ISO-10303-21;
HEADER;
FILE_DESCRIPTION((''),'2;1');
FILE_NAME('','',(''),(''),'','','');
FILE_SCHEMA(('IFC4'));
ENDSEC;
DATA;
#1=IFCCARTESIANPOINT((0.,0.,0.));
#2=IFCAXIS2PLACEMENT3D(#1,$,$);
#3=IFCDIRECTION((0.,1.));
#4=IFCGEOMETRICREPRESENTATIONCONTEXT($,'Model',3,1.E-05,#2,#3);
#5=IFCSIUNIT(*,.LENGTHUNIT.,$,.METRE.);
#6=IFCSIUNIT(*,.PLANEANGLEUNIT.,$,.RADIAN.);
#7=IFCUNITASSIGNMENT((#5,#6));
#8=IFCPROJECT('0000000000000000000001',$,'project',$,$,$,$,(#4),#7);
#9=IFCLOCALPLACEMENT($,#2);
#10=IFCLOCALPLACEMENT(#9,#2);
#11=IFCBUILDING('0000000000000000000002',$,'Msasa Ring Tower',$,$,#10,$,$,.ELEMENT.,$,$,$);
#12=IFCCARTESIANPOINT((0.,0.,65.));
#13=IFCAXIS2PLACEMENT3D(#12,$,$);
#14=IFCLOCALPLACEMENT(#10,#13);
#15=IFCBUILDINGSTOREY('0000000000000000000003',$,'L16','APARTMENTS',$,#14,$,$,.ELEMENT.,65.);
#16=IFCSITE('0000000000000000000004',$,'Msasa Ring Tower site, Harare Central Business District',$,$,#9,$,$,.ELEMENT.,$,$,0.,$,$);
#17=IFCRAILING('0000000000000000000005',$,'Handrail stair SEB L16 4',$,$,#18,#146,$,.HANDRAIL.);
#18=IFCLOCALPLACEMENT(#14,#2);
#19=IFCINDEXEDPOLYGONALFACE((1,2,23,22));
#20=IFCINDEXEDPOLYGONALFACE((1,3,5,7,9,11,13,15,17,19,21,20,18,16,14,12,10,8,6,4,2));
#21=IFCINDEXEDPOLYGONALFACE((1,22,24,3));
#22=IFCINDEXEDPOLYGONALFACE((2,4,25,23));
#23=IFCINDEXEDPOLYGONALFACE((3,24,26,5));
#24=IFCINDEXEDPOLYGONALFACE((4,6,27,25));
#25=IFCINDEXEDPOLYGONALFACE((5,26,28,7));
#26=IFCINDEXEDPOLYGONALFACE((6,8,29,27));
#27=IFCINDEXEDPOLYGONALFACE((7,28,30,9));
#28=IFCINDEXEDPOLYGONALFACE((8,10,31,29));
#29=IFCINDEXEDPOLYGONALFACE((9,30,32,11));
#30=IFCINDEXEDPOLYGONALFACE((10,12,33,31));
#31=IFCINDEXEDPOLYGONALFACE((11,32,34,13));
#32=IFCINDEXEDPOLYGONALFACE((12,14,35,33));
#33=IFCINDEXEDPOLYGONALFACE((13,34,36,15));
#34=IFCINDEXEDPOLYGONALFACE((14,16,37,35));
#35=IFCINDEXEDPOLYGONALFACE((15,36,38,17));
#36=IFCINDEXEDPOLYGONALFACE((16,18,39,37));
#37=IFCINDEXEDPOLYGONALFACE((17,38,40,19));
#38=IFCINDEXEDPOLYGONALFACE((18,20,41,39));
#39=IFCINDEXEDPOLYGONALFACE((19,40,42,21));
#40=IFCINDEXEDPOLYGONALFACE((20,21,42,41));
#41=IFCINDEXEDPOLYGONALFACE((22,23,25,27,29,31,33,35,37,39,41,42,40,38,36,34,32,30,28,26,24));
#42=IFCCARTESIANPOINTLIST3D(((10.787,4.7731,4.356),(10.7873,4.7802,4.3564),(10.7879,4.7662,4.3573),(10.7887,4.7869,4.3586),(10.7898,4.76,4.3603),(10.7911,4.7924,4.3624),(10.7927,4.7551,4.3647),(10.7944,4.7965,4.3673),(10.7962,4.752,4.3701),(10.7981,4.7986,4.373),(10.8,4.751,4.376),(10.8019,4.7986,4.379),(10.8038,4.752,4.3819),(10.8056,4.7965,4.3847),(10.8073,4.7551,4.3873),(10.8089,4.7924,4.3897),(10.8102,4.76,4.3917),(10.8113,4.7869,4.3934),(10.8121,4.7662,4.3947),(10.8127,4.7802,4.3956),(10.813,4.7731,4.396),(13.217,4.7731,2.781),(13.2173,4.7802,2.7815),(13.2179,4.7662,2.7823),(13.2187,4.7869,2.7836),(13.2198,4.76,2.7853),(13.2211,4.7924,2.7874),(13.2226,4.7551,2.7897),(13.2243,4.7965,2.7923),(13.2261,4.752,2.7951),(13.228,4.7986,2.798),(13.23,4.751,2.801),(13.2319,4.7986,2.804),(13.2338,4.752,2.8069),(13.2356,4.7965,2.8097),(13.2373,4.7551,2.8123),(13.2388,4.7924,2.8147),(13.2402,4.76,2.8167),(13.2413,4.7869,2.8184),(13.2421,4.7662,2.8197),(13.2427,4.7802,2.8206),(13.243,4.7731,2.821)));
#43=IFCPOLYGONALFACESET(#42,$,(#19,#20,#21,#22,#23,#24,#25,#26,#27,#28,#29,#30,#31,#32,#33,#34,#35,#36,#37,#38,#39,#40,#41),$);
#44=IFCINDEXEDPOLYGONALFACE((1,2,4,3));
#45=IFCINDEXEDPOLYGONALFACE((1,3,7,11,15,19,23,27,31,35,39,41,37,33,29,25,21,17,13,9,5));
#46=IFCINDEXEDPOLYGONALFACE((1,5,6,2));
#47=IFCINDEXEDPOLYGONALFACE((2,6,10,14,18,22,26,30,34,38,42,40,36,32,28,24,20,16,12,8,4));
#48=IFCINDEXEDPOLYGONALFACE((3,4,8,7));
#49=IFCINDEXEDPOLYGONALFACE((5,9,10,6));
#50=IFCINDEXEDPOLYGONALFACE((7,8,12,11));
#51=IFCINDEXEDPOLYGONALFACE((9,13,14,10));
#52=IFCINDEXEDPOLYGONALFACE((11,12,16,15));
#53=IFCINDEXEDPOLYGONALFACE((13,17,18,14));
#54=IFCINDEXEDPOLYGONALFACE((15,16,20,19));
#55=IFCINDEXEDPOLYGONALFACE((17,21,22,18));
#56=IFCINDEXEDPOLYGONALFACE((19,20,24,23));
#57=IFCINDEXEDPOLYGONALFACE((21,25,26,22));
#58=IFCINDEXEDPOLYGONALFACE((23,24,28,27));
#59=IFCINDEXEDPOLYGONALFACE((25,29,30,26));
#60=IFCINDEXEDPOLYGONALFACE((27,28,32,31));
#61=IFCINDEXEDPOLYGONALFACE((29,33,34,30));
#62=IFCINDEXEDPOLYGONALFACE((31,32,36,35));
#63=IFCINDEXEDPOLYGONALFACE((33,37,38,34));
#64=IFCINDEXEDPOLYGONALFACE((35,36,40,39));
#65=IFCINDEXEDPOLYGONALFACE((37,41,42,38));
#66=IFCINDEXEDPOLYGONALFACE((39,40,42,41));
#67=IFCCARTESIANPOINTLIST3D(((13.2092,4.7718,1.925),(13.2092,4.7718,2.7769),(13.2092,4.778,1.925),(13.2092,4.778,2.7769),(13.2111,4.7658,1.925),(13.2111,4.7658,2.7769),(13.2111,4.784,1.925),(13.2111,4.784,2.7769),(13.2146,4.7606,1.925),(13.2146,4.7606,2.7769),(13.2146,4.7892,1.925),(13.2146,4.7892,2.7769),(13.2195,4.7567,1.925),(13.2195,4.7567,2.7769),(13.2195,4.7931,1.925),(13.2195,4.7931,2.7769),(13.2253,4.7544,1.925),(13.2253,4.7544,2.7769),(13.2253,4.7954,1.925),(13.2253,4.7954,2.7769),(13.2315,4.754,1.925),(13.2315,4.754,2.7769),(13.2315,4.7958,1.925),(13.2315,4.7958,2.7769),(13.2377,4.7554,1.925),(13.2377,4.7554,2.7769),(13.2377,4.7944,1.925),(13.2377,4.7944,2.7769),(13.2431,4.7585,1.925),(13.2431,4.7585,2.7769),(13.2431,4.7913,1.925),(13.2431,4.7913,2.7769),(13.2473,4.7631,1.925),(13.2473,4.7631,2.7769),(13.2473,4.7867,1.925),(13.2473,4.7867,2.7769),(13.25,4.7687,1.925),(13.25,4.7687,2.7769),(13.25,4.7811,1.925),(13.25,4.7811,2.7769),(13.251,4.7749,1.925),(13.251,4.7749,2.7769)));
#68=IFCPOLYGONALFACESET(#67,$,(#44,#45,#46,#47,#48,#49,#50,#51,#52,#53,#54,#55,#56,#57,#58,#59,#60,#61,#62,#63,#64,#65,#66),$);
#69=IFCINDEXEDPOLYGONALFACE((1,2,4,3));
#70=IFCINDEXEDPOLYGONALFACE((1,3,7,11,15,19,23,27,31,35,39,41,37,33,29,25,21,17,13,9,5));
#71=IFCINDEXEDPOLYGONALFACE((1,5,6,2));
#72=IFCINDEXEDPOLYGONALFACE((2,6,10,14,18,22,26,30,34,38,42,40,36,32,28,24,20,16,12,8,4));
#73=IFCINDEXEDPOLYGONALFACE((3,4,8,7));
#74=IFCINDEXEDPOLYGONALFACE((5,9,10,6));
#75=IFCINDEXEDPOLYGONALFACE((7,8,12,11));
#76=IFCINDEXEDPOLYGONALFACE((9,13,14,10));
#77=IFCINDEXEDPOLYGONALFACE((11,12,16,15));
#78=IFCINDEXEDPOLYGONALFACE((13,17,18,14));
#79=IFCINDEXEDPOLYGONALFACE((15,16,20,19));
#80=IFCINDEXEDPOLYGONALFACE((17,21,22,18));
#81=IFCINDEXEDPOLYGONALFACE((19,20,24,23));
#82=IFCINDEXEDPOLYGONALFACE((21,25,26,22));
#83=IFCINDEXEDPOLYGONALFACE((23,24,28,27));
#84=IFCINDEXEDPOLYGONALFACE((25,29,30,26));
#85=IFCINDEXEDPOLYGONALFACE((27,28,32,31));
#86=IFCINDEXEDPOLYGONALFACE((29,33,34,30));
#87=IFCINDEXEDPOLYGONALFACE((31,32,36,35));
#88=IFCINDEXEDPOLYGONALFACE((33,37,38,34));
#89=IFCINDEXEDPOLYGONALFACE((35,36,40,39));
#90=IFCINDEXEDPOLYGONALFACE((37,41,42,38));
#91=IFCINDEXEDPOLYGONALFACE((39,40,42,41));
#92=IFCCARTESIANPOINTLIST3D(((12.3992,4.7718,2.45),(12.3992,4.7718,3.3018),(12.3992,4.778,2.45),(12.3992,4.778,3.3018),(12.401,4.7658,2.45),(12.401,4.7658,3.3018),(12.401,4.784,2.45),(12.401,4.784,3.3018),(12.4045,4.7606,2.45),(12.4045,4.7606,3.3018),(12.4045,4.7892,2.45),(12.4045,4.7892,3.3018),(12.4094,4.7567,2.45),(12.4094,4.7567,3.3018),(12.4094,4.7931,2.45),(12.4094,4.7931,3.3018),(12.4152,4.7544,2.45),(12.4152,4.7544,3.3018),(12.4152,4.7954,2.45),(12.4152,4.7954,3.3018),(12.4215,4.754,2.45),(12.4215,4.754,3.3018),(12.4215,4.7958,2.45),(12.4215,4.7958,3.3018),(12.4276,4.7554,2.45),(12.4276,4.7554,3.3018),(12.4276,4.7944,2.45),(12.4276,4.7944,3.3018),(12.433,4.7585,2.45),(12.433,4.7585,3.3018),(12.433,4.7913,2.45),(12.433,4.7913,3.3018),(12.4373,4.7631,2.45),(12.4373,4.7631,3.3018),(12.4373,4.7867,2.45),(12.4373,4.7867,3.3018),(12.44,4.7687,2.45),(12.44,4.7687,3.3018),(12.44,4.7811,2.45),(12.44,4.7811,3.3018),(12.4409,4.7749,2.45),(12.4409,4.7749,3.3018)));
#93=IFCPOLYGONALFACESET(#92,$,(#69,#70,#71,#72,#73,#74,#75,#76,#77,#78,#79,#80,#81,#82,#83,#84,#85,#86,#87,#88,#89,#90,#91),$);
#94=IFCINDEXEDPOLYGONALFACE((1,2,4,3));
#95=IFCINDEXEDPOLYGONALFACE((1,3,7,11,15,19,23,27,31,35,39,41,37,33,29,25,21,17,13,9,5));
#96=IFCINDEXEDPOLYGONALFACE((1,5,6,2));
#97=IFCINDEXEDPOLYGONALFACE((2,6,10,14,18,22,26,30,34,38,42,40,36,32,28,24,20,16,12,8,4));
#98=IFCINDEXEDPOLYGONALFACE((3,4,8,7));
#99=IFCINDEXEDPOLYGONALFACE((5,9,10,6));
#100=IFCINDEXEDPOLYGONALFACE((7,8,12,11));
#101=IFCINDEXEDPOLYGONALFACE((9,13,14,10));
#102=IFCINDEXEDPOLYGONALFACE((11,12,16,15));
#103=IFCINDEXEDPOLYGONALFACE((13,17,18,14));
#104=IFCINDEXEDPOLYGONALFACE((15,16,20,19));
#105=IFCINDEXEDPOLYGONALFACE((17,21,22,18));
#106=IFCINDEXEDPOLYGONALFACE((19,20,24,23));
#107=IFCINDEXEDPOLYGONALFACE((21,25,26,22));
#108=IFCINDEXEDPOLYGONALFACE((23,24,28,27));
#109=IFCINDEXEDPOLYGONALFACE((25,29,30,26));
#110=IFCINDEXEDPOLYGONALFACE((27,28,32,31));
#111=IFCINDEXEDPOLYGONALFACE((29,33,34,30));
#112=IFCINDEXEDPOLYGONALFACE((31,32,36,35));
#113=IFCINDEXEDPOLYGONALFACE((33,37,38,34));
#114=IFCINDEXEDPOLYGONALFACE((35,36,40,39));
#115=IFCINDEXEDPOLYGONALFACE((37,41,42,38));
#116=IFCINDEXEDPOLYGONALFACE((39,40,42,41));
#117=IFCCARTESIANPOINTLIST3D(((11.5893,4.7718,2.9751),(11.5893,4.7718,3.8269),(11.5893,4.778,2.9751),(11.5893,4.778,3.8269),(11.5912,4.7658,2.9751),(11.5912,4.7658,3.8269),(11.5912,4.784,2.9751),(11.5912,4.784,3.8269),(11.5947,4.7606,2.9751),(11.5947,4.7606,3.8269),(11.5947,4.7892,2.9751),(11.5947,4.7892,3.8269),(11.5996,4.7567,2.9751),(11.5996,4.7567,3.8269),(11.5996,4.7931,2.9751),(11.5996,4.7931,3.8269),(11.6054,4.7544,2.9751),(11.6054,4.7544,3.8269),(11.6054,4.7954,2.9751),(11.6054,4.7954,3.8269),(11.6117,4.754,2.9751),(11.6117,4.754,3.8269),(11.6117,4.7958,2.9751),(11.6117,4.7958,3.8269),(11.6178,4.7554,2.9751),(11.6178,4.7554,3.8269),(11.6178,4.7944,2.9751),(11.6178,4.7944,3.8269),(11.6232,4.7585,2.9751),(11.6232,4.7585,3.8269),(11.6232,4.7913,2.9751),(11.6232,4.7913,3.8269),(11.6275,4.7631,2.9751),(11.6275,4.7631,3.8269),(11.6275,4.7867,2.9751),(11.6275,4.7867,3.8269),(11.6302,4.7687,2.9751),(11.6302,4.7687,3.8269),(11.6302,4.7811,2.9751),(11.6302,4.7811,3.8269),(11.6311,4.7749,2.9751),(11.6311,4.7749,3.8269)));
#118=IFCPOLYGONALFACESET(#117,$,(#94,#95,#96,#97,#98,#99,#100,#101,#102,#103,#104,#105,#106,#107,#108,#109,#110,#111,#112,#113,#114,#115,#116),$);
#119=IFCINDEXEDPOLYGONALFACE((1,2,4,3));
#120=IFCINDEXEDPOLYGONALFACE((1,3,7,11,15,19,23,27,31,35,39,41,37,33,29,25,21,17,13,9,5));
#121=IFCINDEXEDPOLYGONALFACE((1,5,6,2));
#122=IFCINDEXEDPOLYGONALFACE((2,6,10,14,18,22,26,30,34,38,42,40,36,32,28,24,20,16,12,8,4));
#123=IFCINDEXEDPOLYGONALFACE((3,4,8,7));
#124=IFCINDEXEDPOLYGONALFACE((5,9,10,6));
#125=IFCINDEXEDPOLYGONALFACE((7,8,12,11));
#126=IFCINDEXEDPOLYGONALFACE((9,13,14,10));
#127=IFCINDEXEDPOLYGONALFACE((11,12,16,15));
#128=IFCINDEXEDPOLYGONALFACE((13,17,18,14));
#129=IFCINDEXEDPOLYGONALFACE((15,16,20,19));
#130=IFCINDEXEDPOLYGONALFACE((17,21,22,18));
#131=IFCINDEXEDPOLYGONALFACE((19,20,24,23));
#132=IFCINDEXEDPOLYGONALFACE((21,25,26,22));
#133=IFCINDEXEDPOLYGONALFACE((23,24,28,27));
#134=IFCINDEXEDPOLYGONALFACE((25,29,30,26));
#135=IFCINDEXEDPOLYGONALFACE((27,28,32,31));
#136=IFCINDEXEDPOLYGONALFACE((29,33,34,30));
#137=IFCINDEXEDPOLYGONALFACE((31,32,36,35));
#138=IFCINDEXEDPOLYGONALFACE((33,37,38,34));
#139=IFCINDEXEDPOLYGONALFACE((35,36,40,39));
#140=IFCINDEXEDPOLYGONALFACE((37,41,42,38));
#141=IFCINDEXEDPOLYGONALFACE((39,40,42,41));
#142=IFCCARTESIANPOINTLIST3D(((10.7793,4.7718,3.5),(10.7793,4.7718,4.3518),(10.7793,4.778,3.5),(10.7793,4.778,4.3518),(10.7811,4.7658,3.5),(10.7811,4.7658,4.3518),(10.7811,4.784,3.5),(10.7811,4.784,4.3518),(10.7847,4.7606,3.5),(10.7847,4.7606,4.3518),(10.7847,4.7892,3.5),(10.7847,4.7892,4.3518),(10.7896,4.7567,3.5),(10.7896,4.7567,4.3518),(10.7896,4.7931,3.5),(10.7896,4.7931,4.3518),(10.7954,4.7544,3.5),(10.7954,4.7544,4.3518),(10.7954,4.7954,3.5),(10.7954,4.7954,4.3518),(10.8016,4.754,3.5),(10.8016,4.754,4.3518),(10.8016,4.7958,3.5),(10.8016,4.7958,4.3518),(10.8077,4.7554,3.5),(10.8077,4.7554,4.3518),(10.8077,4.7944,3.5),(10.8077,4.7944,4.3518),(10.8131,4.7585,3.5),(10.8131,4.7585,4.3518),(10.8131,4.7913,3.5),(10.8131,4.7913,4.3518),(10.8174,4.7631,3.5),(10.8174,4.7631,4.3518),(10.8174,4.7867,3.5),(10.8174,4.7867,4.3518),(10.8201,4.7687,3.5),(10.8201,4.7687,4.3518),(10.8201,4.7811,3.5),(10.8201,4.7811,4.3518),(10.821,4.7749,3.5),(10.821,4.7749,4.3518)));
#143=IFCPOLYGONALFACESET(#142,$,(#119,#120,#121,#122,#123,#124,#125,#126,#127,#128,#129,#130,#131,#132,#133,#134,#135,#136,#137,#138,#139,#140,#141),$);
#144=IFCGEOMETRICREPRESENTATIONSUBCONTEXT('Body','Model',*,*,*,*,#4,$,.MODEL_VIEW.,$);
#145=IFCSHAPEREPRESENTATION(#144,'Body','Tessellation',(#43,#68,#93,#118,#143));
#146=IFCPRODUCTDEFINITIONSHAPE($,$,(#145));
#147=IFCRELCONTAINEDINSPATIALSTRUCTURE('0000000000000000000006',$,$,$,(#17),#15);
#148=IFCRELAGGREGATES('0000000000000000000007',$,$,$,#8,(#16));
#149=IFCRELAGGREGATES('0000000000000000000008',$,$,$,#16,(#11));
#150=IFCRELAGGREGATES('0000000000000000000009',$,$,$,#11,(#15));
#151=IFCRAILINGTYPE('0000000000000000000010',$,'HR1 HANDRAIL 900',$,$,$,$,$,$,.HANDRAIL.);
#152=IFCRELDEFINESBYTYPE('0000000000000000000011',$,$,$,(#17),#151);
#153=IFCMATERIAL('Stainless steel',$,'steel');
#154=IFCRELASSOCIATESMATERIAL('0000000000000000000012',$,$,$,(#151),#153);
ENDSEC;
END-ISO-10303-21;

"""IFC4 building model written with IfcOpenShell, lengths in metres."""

from ifc_helpers import new_model, si_unit, direction, frame, origin, origin_2d, place, context, subcontext, project, spatial, circle, extrude, material, type_object, element, save


model = new_model("IFC4")

# Units and contexts
model_context = context("Model", 3, precision=1e-05, world=origin(), true_north=direction((0.0, 1.0)))
body_context = subcontext(model_context, "Body", "Model", "MODEL_VIEW")
ifc_project = project(units=[si_unit("LENGTHUNIT", "METRE"), si_unit("PLANEANGLEUNIT", "RADIAN")], contexts=[model_context])

# Site, building, storey
site_placement = place(None, origin())
site = spatial("IfcSite", under=ifc_project, at=site_placement, Name="Msasa Ring Tower site, Harare Central Business District", CompositionType="ELEMENT", RefElevation=0.0)
building_placement = place(site_placement, origin())
building = spatial("IfcBuilding", under=site, at=building_placement, Name="Msasa Ring Tower", CompositionType="ELEMENT")
storey_placement = place(building_placement, frame((0.0, 0.0, 65.0)))
storey = spatial("IfcBuildingStorey", under=building, at=storey_placement, Name="L16", Description="APARTMENTS", CompositionType="ELEMENT", Elevation=65.0)

# Railing
ifc_material_1 = material(Name="Stainless steel", Category="steel")
railing_type = type_object("IfcRailingType", Name="HR1 HANDRAIL 900", PredefinedType="HANDRAIL", material=ifc_material_1)
for number, where, name in (
    (1, (13.23, 4.7749, 1.925), "Handrail stair SEB L16 4"),
):
    element("IfcRailing", number, at=place(storey_placement, frame(where)), inside=storey, type_object=railing_type, Name=name, PredefinedType="HANDRAIL", context=body_context, shape_type="SweptSolid", body=[
        extrude(circle(Radius=0.0239, at=origin_2d()), frame((0.0, 0.0, 0.876), z_axis=(-0.839154, 0.0, 0.543894), x_axis=(0.0, -1.0, 0.0)), (0.0, 0.0, 1.0), 2.8958),
        extrude(circle(Radius=0.021, at=origin_2d()), origin(), (0.0, 0.0, 1.0), 0.8518),
        extrude(circle(Radius=0.021, at=origin_2d()), frame((-0.8101, 0.0, 0.5249)), (0.0, 0.0, 1.0), 0.8518),
        extrude(circle(Radius=0.021, at=origin_2d()), frame((-1.6199, 0.0, 1.05)), (0.0, 0.0, 1.0), 0.8518),
        extrude(circle(Radius=0.021, at=origin_2d()), frame((-2.4299, 0.0, 1.575)), (0.0, 0.0, 1.0), 0.8518),
    ])

save(model, "model.ifc")
